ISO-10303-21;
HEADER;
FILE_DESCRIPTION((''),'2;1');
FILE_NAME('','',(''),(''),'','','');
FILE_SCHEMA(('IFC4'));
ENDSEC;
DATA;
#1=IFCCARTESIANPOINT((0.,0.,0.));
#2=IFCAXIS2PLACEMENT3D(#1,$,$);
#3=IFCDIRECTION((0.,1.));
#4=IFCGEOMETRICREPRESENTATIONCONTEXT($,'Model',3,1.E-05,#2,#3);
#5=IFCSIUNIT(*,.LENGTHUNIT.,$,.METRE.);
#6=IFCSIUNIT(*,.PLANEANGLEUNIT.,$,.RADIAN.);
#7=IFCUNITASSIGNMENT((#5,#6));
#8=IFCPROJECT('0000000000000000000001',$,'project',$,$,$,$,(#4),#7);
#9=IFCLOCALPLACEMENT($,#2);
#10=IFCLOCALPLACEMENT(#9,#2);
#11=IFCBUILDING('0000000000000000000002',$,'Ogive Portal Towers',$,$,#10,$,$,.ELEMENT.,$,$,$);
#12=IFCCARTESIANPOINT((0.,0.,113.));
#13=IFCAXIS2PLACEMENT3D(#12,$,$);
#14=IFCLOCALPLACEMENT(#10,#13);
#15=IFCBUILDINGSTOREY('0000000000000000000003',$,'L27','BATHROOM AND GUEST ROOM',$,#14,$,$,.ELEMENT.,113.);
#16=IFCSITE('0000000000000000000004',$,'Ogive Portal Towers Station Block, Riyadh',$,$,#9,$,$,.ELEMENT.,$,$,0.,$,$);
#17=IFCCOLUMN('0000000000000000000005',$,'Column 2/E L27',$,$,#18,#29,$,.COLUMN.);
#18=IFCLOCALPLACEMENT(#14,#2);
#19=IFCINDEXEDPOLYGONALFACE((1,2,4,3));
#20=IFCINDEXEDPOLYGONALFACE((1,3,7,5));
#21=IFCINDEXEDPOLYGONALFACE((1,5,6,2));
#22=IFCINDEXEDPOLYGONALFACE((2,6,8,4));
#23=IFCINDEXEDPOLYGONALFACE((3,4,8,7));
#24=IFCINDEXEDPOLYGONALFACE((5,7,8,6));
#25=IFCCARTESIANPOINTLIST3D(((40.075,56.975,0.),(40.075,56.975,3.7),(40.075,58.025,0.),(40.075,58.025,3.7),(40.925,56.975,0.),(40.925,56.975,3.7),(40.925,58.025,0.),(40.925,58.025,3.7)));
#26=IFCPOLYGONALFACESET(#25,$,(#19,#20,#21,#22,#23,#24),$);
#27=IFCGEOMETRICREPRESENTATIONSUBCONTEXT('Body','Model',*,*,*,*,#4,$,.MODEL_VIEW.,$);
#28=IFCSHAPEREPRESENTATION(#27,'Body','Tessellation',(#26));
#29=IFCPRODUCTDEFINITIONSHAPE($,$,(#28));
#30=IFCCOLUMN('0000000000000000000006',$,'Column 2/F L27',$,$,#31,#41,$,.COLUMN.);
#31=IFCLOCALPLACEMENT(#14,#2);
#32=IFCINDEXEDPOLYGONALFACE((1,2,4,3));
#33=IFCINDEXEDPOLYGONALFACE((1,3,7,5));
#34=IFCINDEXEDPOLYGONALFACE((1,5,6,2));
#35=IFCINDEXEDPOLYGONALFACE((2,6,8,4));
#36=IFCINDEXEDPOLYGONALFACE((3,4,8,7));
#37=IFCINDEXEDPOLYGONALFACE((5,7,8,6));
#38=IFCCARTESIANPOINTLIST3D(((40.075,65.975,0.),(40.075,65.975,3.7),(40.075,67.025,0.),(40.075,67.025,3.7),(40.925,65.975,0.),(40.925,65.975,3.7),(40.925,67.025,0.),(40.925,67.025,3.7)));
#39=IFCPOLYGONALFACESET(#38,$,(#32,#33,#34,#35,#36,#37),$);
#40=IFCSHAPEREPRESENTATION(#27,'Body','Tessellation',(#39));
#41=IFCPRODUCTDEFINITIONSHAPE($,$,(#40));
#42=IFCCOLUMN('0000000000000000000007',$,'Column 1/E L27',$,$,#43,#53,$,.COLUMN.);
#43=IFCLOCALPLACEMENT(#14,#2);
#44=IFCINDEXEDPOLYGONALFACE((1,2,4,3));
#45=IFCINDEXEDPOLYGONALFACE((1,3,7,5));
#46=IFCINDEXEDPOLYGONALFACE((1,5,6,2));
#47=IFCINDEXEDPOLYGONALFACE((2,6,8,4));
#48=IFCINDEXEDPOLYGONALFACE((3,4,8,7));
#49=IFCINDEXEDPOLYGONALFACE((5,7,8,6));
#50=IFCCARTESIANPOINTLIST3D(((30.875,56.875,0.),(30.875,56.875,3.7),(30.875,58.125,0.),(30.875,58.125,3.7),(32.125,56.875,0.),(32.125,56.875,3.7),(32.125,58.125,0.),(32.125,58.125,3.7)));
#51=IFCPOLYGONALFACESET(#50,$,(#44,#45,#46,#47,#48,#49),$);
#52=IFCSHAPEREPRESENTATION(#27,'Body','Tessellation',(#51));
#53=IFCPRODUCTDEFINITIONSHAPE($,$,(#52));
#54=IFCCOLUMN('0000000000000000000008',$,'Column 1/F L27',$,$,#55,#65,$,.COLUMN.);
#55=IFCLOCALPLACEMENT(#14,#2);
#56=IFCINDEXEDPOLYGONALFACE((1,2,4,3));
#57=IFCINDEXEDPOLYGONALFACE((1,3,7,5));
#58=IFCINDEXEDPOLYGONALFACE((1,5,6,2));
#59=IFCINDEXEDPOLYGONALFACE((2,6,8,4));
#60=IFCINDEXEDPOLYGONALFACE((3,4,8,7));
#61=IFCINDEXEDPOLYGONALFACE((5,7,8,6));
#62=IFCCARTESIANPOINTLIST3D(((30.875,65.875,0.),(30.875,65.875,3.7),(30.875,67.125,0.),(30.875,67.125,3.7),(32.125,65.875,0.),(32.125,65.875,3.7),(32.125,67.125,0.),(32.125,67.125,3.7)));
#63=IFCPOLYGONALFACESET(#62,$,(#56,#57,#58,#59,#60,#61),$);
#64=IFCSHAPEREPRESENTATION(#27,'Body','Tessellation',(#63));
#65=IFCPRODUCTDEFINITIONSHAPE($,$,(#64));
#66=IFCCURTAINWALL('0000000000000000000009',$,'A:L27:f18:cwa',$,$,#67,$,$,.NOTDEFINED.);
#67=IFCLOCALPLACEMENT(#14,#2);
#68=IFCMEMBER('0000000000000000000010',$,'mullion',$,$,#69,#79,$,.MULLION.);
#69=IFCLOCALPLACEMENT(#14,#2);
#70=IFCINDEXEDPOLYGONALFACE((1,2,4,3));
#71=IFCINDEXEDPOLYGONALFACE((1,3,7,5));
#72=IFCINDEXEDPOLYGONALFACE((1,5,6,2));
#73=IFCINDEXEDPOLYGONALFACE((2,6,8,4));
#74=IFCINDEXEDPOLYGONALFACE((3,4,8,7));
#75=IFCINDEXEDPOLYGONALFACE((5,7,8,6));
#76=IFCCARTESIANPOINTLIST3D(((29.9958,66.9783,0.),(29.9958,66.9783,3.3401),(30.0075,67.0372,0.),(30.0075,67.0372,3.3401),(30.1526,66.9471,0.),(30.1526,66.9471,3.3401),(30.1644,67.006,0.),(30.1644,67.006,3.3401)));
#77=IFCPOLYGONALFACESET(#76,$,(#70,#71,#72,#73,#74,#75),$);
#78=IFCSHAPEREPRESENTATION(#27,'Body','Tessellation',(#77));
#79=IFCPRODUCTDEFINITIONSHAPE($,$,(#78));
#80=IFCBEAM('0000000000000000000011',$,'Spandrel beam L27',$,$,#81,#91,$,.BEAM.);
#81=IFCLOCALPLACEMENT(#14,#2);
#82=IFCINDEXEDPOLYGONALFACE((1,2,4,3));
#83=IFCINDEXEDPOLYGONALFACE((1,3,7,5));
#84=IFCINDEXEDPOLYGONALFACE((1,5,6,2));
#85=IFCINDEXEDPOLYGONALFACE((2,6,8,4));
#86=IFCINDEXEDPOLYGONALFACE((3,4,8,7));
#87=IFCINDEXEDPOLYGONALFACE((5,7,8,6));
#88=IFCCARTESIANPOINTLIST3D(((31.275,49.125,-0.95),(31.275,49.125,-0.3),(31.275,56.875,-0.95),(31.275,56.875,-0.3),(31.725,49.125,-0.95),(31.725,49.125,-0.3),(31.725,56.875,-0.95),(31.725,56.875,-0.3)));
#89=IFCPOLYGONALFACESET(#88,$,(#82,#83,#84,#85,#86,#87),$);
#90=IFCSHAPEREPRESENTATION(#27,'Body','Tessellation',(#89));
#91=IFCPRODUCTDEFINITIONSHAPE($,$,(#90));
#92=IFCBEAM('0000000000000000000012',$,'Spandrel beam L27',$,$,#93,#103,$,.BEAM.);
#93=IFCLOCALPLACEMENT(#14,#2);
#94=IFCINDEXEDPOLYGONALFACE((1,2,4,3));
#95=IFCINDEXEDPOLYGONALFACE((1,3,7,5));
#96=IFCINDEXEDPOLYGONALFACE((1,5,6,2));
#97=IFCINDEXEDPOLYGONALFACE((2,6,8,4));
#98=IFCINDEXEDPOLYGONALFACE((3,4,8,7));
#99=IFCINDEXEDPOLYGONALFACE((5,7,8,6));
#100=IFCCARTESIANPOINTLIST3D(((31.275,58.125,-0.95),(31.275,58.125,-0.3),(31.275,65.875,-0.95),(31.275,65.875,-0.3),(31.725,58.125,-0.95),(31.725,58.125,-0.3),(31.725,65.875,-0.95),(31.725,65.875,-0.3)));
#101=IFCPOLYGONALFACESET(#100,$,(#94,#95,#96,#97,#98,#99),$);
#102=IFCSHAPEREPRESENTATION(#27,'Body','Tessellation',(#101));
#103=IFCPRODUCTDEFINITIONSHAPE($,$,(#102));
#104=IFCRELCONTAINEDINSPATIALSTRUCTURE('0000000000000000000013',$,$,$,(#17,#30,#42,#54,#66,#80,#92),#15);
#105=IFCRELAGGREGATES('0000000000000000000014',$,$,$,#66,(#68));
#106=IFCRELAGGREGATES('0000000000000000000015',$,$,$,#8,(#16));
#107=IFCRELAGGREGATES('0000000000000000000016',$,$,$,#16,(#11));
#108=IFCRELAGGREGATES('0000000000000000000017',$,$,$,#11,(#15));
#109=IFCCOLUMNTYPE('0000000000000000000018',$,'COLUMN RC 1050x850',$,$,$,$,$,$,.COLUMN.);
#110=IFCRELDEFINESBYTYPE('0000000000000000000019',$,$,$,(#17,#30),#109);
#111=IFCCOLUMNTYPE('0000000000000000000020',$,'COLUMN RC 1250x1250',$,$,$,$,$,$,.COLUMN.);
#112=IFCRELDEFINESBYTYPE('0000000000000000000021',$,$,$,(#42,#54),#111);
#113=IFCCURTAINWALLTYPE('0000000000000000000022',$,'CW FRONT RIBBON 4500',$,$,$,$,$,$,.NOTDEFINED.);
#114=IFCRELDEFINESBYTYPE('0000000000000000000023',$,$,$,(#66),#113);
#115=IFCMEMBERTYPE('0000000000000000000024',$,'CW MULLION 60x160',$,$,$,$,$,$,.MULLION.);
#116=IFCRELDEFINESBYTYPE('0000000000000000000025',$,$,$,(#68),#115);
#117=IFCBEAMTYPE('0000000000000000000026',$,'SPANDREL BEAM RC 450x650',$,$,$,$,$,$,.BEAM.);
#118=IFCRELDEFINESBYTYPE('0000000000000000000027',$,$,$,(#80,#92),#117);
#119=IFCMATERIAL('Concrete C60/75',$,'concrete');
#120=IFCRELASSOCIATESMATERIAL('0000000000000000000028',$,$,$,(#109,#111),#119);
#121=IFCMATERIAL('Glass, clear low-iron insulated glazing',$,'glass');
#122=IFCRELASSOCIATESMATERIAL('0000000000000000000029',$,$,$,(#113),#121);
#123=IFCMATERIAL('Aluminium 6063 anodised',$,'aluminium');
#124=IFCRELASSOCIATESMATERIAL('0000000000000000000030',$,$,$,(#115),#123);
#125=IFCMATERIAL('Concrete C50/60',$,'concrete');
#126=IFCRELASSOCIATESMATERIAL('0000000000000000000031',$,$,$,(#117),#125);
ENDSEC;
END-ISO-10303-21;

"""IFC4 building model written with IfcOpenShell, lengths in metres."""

from ifc_helpers import new_model, si_unit, direction, frame, origin, origin_2d, place, context, subcontext, project, spatial, rectangle, extrude, material, material_profile, profile_set, type_object, element, aggregate, save


model = new_model("IFC4")

# Units and contexts
model_context = context("Model", 3, precision=1e-05, world=origin(), true_north=direction((0.0, 1.0)))
body_context = subcontext(model_context, "Body", "Model", "MODEL_VIEW")
ifc_project = project(units=[si_unit("LENGTHUNIT", "METRE"), si_unit("PLANEANGLEUNIT", "RADIAN")], contexts=[model_context])

# Site, building, storey
site_placement = place(None, origin())
site = spatial("IfcSite", under=ifc_project, at=site_placement, Name="Ogive Portal Towers Station Block, Riyadh", CompositionType="ELEMENT", RefElevation=0.0)
building_placement = place(site_placement, origin())
building = spatial("IfcBuilding", under=site, at=building_placement, Name="Ogive Portal Towers", CompositionType="ELEMENT")
storey_placement = place(building_placement, frame((0.0, 0.0, 113.0)))
storey = spatial("IfcBuildingStorey", under=building, at=storey_placement, Name="L27", Description="BATHROOM AND GUEST ROOM", CompositionType="ELEMENT", Elevation=113.0)

# Columns
ifc_material_1 = material(Name="Concrete C60/75", Category="concrete")
ifc_material_profile_1 = material_profile(ifc_material_1, rectangle(XDim=1.05, YDim=0.8501, at=origin_2d()), Name="RC 1050x850")
ifc_profile_set_1 = profile_set([ifc_material_profile_1], Name="Concrete C60/75")
column_type_1 = type_object("IfcColumnType", Name="COLUMN RC 1050x850", PredefinedType="COLUMN", material=ifc_profile_set_1)
for number, where, z_axis, x_axis, name in (
    (1, (40.5, 57.5, 0.0), (0.0, 0.0, 1.0), (0.0, 1.0, 0.0), "Column 2/E L27"),
    (2, (40.5, 66.5, 0.0), (0.0, 0.0, 1.0), (0.0, 1.0, 0.0), "Column 2/F L27"),
):
    element("IfcColumn", number, at=place(storey_placement, frame(where, z_axis=z_axis, x_axis=x_axis)), inside=storey, type_object=column_type_1, Name=name, PredefinedType="COLUMN", context=body_context, shape_type="SweptSolid", body=[
        extrude(rectangle(XDim=1.05, YDim=0.8501, at=origin_2d()), origin(), (0.0, 0.0, 1.0), 3.7),
    ])
ifc_material_profile_2 = material_profile(ifc_material_1, rectangle(XDim=1.25, YDim=1.25, at=origin_2d()), Name="RC 1250x1250")
ifc_profile_set_2 = profile_set([ifc_material_profile_2], Name="Concrete C60/75")
column_type_2 = type_object("IfcColumnType", Name="COLUMN RC 1250x1250", PredefinedType="COLUMN", material=ifc_profile_set_2)
for number, where, z_axis, x_axis, name in (
    (3, (31.5, 57.5, 0.0), (0.0, 0.0, 1.0), (1.0, 0.0, 0.0), "Column 1/E L27"),
    (4, (31.5, 66.5, 0.0), (0.0, 0.0, 1.0), (1.0, 0.0, 0.0), "Column 1/F L27"),
):
    element("IfcColumn", number, at=place(storey_placement, frame(where, z_axis=z_axis, x_axis=x_axis)), inside=storey, type_object=column_type_2, Name=name, PredefinedType="COLUMN", context=body_context, shape_type="SweptSolid", body=[
        extrude(rectangle(XDim=1.25, YDim=1.25, at=origin_2d()), origin(), (0.0, 0.0, 1.0), 3.7),
    ])

# Curtain wall, member
ifc_material_2 = material(Name="Glass, clear low-iron insulated glazing", Category="glass")
curtain_wall_type = type_object("IfcCurtainWallType", Name="CW FRONT RIBBON 4500", PredefinedType="NOTDEFINED", material=ifc_material_2)
curtain_wall_placement = place(storey_placement, origin())
curtain_wall = element("IfcCurtainWall", 5, at=curtain_wall_placement, inside=storey, type_object=curtain_wall_type, Name="A:L27:f18:cwa", PredefinedType="NOTDEFINED")
ifc_material_3 = material(Name="Aluminium 6063 anodised", Category="aluminium")
ifc_material_profile_3 = material_profile(ifc_material_3, rectangle(XDim=0.1599, YDim=0.0601, at=origin_2d()), Name="AL 60x160")
ifc_profile_set_3 = profile_set([ifc_material_profile_3], Name="Aluminium 6063 anodised")
member_type = type_object("IfcMemberType", Name="CW MULLION 60x160", PredefinedType="MULLION", material=ifc_profile_set_3)
member_placement = place(storey_placement, frame((30.0801, 66.9922, 0.0), z_axis=(0.0, 0.0, 1.0), x_axis=(0.980785, -0.19509, 0.0)))
member = element("IfcMember", 6, at=member_placement, type_object=member_type, Name="mullion", PredefinedType="MULLION", context=body_context, shape_type="SweptSolid", body=[
    extrude(rectangle(XDim=0.1599, YDim=0.0601, at=origin_2d()), origin(), (0.0, 0.0, 1.0), 3.3401),
])
aggregate(curtain_wall, [member])

# Beams
ifc_material_4 = material(Name="Concrete C50/60", Category="concrete")
ifc_material_profile_4 = material_profile(ifc_material_4, rectangle(XDim=0.45, YDim=0.6499, at=origin_2d()), Name="RC 450x650")
ifc_profile_set_4 = profile_set([ifc_material_profile_4], Name="Concrete C50/60")
beam_type = type_object("IfcBeamType", Name="SPANDREL BEAM RC 450x650", PredefinedType="BEAM", material=ifc_profile_set_4)
for number, where, z_axis, x_axis, name in (
    (7, (31.5, 49.125, -0.625), (0.0, 1.0, 0.0), (-1.0, 0.0, 0.0), "Spandrel beam L27"),
    (8, (31.5, 58.125, -0.625), (0.0, 1.0, 0.0), (-1.0, 0.0, 0.0), "Spandrel beam L27"),
):
    element("IfcBeam", number, at=place(storey_placement, frame(where, z_axis=z_axis, x_axis=x_axis)), inside=storey, type_object=beam_type, Name=name, PredefinedType="BEAM", context=body_context, shape_type="SweptSolid", body=[
        extrude(rectangle(XDim=0.45, YDim=0.6499, at=origin_2d()), origin(), (0.0, 0.0, 1.0), 7.75),
    ])

save(model, "model.ifc")
